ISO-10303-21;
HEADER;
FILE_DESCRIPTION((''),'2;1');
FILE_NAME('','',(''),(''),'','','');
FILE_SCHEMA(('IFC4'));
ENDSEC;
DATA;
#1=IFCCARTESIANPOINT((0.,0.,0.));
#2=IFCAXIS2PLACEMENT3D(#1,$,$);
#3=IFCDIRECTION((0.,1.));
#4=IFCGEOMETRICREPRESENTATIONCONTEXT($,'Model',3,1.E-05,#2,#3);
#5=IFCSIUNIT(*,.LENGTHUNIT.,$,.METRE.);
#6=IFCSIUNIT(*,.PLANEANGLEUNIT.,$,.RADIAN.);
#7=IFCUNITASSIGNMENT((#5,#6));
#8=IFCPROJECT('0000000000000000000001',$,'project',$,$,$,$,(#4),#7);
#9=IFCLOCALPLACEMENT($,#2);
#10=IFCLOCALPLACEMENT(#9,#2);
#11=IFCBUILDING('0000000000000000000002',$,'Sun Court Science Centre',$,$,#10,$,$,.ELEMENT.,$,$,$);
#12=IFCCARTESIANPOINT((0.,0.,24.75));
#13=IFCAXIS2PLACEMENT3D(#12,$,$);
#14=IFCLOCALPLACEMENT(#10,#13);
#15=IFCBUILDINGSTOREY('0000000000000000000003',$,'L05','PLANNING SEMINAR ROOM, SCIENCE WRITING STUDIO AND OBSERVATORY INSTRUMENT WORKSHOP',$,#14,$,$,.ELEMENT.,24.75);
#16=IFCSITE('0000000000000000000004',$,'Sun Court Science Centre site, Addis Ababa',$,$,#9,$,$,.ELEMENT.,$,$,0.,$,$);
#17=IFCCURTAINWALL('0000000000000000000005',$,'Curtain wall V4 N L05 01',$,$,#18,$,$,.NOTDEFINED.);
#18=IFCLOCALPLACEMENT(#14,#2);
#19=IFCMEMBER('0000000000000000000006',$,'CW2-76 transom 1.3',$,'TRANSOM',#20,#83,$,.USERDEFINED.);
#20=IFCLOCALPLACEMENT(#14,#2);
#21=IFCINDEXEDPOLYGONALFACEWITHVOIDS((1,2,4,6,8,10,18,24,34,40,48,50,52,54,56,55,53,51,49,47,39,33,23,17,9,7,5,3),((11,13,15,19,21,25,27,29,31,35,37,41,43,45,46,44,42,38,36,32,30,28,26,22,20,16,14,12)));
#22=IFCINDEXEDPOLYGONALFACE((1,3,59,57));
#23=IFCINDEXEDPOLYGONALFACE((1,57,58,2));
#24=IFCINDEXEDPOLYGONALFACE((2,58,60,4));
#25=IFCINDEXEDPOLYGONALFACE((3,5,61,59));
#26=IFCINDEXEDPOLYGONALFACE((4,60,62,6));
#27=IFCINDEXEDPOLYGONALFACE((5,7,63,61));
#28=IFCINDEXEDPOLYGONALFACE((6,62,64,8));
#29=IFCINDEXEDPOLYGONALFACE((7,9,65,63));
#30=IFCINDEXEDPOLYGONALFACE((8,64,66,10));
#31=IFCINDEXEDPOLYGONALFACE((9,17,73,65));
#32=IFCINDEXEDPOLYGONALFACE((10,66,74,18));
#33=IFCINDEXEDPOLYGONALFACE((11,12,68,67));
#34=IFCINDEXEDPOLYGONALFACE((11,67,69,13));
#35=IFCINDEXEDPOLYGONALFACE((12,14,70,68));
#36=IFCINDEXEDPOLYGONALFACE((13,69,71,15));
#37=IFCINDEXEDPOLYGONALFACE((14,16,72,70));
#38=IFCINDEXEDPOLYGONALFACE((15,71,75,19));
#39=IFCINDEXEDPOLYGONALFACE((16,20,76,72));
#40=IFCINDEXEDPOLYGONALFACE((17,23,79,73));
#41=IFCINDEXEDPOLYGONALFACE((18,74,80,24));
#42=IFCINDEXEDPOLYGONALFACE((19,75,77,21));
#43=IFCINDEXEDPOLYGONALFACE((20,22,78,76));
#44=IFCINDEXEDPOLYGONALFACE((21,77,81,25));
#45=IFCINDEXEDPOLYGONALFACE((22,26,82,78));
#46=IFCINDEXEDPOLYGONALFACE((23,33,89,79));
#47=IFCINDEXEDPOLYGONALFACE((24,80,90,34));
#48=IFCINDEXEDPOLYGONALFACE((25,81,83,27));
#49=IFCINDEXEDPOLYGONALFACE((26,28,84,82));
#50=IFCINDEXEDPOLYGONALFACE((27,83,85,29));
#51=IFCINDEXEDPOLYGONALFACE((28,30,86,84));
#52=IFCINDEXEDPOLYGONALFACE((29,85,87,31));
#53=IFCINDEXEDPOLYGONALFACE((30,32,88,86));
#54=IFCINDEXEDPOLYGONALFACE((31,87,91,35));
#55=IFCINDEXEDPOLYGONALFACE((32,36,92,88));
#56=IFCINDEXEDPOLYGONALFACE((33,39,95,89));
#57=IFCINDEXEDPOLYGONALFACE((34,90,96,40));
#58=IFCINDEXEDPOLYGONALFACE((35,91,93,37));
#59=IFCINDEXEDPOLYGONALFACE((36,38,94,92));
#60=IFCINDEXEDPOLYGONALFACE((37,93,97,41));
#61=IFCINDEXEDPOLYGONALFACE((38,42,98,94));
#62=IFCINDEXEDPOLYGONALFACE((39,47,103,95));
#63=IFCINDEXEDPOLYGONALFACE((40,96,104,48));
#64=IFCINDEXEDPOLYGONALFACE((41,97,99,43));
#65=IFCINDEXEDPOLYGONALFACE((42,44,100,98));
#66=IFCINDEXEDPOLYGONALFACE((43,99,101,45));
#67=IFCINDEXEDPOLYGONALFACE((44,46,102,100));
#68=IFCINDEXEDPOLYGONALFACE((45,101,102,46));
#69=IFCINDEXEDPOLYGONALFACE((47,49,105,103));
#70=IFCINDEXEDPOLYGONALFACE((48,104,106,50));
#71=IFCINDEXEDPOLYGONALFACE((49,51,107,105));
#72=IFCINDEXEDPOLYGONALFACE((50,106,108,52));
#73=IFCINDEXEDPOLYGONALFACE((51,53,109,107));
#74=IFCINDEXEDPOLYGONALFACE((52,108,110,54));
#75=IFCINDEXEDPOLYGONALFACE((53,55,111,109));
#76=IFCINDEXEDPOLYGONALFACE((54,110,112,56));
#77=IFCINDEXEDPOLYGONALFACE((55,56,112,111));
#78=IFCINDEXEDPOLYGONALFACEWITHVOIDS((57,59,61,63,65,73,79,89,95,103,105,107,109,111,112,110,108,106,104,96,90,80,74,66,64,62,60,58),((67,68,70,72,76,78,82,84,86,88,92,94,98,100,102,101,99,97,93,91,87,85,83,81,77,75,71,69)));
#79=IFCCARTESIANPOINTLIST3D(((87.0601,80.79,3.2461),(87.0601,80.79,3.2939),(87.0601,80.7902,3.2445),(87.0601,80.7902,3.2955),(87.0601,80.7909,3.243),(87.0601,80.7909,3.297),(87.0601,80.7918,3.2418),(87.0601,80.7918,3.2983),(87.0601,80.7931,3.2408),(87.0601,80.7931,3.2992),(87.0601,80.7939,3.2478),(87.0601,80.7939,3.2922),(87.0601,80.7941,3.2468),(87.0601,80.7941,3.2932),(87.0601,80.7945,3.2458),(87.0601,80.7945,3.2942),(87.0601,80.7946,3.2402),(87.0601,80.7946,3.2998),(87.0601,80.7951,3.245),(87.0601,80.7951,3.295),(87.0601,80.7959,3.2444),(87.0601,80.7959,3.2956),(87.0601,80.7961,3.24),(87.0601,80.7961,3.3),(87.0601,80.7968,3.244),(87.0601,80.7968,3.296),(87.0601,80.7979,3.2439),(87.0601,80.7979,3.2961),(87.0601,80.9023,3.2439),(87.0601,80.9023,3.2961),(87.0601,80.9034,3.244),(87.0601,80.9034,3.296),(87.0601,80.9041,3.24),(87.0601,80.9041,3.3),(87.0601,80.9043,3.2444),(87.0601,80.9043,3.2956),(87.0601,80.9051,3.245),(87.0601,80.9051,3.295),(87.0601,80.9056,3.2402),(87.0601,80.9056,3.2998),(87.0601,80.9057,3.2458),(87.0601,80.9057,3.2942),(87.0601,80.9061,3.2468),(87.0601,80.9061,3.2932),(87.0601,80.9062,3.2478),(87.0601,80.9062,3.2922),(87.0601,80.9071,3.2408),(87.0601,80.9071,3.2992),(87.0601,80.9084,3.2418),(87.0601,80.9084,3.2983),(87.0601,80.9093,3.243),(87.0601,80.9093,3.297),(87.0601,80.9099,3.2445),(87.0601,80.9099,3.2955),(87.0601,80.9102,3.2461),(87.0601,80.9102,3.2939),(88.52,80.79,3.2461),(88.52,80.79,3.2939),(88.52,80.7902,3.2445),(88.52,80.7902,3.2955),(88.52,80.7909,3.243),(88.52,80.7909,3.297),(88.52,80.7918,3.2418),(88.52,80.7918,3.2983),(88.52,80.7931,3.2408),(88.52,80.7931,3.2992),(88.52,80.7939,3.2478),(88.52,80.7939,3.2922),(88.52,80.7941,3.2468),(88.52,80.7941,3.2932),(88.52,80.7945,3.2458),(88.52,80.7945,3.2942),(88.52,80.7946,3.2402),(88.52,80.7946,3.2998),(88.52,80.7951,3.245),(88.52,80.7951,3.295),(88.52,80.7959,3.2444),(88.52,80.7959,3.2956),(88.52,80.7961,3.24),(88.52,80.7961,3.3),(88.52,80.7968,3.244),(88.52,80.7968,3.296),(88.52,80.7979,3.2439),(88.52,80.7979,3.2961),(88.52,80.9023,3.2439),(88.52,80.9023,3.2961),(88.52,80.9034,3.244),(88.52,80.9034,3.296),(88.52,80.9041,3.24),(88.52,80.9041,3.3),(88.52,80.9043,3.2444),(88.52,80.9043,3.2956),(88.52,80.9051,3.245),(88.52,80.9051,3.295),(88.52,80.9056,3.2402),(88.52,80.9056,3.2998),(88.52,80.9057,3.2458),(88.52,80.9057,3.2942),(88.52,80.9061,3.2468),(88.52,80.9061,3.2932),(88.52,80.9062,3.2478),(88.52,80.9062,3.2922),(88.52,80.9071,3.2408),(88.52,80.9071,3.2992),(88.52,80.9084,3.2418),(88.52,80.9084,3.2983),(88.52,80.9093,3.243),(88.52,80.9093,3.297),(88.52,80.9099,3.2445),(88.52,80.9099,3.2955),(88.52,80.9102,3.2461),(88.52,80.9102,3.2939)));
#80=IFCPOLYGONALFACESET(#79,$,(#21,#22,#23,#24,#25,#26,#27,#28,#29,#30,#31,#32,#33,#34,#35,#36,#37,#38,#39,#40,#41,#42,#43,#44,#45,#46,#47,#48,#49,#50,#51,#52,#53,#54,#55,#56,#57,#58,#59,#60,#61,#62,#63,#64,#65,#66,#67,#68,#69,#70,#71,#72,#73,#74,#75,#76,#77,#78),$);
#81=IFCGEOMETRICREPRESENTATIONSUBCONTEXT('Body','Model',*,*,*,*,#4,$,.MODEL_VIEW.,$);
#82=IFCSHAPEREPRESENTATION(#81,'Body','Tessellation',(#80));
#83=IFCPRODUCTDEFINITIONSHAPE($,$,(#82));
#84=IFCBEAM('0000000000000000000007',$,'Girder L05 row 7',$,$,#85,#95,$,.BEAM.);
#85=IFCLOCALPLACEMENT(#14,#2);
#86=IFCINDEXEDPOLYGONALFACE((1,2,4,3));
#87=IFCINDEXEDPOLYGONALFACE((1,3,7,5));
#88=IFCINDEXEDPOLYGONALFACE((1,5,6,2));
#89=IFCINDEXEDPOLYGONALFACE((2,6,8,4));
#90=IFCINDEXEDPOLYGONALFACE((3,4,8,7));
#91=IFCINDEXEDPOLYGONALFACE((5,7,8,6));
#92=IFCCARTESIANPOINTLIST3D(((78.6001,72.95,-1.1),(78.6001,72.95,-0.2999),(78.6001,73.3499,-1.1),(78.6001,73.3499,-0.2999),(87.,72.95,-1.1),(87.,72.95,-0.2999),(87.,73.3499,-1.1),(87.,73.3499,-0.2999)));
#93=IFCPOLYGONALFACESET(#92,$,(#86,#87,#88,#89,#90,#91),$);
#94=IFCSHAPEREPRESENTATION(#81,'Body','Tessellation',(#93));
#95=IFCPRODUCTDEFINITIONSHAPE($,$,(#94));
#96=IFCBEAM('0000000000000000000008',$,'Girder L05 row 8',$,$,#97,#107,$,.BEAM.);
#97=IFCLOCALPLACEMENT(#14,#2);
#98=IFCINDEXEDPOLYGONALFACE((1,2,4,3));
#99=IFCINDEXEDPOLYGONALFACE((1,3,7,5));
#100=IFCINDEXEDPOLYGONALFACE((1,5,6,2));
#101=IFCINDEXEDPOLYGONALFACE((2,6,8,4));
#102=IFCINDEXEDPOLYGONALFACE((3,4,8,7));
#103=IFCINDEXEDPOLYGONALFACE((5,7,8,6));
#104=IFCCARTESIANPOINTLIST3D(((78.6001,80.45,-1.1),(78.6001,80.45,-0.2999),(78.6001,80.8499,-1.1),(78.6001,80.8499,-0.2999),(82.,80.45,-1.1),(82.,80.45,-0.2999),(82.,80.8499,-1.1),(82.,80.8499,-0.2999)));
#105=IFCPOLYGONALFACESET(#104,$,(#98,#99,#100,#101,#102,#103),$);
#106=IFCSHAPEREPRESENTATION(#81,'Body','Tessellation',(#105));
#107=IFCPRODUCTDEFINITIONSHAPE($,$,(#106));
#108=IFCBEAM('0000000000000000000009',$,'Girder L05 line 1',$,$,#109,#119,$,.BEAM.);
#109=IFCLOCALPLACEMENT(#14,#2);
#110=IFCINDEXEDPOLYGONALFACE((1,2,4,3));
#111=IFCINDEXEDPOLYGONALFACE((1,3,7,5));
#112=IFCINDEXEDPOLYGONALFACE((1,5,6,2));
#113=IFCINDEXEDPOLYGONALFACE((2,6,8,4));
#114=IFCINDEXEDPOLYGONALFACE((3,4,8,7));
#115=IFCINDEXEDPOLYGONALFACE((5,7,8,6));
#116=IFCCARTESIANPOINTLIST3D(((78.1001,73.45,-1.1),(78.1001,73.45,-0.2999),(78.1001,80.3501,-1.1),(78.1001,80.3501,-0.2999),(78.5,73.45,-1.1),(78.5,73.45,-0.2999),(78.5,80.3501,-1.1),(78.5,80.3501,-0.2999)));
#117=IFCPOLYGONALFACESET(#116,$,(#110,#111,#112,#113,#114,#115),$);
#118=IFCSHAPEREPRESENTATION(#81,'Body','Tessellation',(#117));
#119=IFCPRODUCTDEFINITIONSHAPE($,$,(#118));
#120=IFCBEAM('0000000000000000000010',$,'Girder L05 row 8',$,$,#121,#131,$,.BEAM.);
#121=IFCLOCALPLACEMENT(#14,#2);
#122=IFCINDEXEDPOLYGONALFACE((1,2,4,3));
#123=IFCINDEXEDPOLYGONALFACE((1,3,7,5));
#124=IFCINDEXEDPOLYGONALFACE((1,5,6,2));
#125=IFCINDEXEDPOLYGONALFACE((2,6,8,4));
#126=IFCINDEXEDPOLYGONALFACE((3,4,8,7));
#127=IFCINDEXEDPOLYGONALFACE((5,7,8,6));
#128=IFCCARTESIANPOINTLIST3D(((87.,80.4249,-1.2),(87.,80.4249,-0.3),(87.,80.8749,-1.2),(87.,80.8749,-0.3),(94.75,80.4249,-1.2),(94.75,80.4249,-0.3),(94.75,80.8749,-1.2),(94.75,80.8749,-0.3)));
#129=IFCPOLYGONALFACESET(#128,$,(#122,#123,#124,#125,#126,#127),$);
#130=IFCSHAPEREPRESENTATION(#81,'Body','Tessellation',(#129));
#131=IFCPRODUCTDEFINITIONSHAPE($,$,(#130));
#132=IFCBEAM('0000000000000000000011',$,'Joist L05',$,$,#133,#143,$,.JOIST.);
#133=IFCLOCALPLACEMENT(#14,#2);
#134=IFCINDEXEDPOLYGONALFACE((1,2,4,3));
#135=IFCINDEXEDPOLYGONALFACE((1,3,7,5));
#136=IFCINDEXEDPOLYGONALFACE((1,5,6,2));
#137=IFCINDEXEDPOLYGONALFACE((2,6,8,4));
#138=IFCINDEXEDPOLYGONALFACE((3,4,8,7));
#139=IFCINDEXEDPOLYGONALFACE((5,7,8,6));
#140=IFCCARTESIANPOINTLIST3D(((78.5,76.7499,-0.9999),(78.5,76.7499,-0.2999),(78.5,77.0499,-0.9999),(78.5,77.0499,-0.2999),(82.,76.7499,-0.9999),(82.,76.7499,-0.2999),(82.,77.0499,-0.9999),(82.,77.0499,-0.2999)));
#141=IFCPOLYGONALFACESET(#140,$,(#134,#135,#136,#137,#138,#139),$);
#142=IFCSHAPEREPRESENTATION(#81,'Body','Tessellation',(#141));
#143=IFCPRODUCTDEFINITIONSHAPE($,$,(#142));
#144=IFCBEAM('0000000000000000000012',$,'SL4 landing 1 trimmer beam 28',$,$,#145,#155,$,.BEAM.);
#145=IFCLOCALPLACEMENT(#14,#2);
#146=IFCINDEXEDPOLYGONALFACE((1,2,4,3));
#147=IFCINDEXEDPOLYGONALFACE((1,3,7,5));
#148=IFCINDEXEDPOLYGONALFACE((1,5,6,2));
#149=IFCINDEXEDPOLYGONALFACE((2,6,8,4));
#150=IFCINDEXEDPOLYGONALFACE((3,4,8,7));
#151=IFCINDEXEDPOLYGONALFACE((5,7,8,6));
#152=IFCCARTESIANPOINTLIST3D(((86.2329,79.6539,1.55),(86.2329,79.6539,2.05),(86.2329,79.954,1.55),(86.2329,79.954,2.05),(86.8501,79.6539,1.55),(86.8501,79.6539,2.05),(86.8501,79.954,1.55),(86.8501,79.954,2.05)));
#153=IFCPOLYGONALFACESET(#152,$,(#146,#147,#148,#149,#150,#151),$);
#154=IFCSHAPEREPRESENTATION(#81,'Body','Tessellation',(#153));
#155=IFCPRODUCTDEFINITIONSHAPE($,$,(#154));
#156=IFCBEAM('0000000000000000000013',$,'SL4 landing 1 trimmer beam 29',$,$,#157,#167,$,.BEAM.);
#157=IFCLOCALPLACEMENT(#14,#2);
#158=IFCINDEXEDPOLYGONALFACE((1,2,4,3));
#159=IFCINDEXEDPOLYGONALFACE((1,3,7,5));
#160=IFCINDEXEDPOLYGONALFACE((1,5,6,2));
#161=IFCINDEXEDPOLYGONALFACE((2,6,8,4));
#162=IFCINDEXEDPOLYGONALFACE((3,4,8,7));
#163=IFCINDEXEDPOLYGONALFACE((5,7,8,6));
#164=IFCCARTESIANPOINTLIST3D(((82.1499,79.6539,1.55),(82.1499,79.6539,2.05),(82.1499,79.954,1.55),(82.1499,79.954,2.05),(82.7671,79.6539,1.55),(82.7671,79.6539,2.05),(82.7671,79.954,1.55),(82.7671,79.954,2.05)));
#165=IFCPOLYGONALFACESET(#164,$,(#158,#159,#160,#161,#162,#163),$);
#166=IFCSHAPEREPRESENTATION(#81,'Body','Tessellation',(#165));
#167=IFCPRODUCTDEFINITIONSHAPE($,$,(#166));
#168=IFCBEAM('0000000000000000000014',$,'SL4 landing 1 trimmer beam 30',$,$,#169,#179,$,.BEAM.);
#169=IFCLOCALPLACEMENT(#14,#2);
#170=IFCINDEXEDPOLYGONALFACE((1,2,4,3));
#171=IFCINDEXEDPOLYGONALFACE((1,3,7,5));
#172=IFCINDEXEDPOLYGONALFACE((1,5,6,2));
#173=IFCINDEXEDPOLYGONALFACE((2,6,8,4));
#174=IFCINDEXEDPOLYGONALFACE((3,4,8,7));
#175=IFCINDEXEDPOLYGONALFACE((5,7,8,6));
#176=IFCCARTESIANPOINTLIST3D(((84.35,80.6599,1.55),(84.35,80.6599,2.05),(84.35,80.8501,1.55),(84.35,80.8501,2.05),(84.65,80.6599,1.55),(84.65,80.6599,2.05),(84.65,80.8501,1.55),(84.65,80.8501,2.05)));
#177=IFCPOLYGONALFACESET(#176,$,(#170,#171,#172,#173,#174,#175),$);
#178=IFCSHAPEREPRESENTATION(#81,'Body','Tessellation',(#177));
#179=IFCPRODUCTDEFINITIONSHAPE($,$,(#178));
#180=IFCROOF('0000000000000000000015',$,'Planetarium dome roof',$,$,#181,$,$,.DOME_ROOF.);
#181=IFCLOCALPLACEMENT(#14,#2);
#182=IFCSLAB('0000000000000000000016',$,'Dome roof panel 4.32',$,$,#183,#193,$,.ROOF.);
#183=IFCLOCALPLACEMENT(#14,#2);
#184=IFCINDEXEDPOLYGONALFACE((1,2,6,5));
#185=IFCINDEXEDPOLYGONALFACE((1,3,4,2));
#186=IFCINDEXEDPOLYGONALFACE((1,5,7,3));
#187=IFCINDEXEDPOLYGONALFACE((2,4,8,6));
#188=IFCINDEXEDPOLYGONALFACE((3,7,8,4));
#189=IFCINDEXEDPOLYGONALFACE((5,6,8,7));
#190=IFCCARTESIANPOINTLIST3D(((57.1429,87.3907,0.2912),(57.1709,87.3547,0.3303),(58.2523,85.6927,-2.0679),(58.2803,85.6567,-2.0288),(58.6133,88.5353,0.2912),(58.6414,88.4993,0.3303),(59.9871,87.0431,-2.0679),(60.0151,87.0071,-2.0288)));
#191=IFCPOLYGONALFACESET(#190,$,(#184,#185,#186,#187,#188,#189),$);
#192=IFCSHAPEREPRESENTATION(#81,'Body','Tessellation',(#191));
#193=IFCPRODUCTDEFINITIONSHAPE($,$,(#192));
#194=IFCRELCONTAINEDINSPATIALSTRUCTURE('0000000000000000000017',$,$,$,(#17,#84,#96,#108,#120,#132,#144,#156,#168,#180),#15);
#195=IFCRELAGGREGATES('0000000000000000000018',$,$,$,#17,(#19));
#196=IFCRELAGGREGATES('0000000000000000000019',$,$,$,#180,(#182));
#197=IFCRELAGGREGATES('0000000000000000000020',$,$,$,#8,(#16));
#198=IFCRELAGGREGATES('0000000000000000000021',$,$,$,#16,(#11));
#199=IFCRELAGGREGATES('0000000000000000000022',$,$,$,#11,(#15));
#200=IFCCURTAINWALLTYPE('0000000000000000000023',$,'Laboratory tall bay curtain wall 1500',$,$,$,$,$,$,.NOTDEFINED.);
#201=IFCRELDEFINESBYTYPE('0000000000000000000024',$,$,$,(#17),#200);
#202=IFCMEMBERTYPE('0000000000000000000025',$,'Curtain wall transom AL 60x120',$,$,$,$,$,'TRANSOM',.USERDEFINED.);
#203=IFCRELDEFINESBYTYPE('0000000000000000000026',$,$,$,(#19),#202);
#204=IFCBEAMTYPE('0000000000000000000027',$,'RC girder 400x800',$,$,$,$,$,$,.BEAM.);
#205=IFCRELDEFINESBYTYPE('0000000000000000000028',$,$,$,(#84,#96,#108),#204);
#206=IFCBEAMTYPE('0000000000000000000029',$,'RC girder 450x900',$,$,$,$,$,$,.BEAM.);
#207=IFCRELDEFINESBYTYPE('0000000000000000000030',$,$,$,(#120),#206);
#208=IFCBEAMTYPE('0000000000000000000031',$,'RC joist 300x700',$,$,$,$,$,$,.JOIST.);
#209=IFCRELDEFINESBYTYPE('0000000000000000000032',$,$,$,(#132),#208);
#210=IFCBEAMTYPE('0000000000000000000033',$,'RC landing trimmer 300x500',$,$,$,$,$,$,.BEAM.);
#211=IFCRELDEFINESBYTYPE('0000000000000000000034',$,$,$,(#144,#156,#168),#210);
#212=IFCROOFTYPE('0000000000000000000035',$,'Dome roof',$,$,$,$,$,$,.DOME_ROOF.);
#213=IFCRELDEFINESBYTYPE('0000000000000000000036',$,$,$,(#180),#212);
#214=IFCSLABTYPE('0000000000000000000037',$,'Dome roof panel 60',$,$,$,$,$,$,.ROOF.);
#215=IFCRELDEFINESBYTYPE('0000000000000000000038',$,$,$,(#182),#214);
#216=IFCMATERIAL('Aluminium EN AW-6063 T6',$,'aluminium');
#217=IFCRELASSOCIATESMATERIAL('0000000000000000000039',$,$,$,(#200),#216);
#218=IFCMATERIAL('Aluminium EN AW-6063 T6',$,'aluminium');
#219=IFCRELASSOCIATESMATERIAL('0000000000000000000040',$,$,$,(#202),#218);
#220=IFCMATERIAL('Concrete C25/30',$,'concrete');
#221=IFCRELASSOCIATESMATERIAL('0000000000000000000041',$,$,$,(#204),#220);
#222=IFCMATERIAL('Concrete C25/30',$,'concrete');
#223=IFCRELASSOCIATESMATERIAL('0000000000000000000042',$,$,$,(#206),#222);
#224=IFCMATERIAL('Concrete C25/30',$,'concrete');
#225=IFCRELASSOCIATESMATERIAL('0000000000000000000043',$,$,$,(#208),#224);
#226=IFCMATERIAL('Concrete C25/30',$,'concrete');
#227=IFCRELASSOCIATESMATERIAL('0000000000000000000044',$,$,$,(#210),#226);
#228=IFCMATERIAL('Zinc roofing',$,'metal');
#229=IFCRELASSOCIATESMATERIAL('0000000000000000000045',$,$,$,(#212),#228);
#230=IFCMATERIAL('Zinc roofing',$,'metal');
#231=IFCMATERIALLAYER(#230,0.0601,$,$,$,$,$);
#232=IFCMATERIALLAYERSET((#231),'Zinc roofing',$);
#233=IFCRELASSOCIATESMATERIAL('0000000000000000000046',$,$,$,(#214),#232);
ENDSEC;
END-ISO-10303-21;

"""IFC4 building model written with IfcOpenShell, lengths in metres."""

from ifc_helpers import new_model, si_unit, direction, frame, origin, origin_2d, place, context, subcontext, project, spatial, polyline, rectangle, hollow_rectangle, outline, extrude, material, layer, layer_set, material_profile, profile_set, type_object, element, aggregate, save


model = new_model("IFC4")

# Units and contexts
model_context = context("Model", 3, precision=1e-05, world=origin(), true_north=direction((0.0, 1.0)))
body_context = subcontext(model_context, "Body", "Model", "MODEL_VIEW")
ifc_project = project(units=[si_unit("LENGTHUNIT", "METRE"), si_unit("PLANEANGLEUNIT", "RADIAN")], contexts=[model_context])

# Site, building, storey
site_placement = place(None, origin())
site = spatial("IfcSite", under=ifc_project, at=site_placement, Name="Sun Court Science Centre site, Addis Ababa", CompositionType="ELEMENT", RefElevation=0.0)
building_placement = place(site_placement, origin())
building = spatial("IfcBuilding", under=site, at=building_placement, Name="Sun Court Science Centre", CompositionType="ELEMENT")
storey_placement = place(building_placement, frame((0.0, 0.0, 24.75)))
storey = spatial("IfcBuildingStorey", under=building, at=storey_placement, Name="L05", Description="PLANNING SEMINAR ROOM, SCIENCE WRITING STUDIO AND OBSERVATORY INSTRUMENT WORKSHOP", CompositionType="ELEMENT", Elevation=24.75)

# Shared definitions
ifc_material_1 = material(Name="Aluminium EN AW-6063 T6", Category="aluminium")
curtain_wall_type = type_object("IfcCurtainWallType", Name="Laboratory tall bay curtain wall 1500", PredefinedType="NOTDEFINED", material=ifc_material_1)

# Curtain wall, member
curtain_wall_1_placement = place(storey_placement, origin())
curtain_wall_1 = element("IfcCurtainWall", 1, at=curtain_wall_1_placement, inside=storey, type_object=curtain_wall_type, Name="Curtain wall V4 N L05 01", PredefinedType="NOTDEFINED")
ifc_material_2 = material(Name="Aluminium EN AW-6063 T6", Category="aluminium")
ifc_material_profile_1 = material_profile(ifc_material_2, hollow_rectangle(XDim=0.0601, YDim=0.1201, WallThickness=0.0039, InnerFilletRadius=0.0039, OuterFilletRadius=0.0061, at=origin_2d()), Name="AL 60x120x4")
ifc_profile_set_1 = profile_set([ifc_material_profile_1], Name="Aluminium EN AW-6063 T6")
member_type_1 = type_object("IfcMemberType", Name="Curtain wall transom AL 60x120", ElementType="TRANSOM", PredefinedType="USERDEFINED", material=ifc_profile_set_1)
member_1_placement = place(storey_placement, frame((87.0601, 80.8501, 3.27), z_axis=(1.0, 0.0, 0.0), x_axis=(0.0, 0.0, 1.0)))
member_1 = element("IfcMember", 2, at=member_1_placement, type_object=member_type_1, Name="CW2-76 transom 1.3", ObjectType="TRANSOM", PredefinedType="USERDEFINED", context=body_context, shape_type="SweptSolid", body=[
    extrude(hollow_rectangle(XDim=0.0601, YDim=0.1201, WallThickness=0.0039, InnerFilletRadius=0.0039, OuterFilletRadius=0.0061, at=origin_2d()), origin(), (0.0, 0.0, 1.0), 1.46),
])
aggregate(curtain_wall_1, [member_1])

# Beams
ifc_material_3 = material(Name="Concrete C25/30", Category="concrete")
ifc_material_profile_2 = material_profile(ifc_material_3, rectangle(XDim=0.3999, YDim=0.8, at=origin_2d()), Name="RC 400x800")
ifc_profile_set_2 = profile_set([ifc_material_profile_2], Name="Concrete C25/30")
beam_type_1 = type_object("IfcBeamType", Name="RC girder 400x800", PredefinedType="BEAM", material=ifc_profile_set_2)
beam_1_placement = place(storey_placement, frame((78.6001, 73.1499, -0.7), z_axis=(1.0, 0.0, 0.0), x_axis=(0.0, 1.0, 0.0)))
element("IfcBeam", 3, at=beam_1_placement, inside=storey, type_object=beam_type_1, Name="Girder L05 row 7", PredefinedType="BEAM", context=body_context, shape_type="SweptSolid", body=[
    extrude(rectangle(XDim=0.3999, YDim=0.8, at=origin_2d()), origin(), (0.0, 0.0, 1.0), 8.3999),
])
beam_2_placement = place(storey_placement, frame((78.6001, 80.6499, -0.7), z_axis=(1.0, 0.0, 0.0), x_axis=(0.0, 1.0, 0.0)))
element("IfcBeam", 4, at=beam_2_placement, inside=storey, type_object=beam_type_1, Name="Girder L05 row 8", PredefinedType="BEAM", context=body_context, shape_type="SweptSolid", body=[
    extrude(rectangle(XDim=0.3999, YDim=0.8, at=origin_2d()), origin(), (0.0, 0.0, 1.0), 3.3999),
])
beam_3_placement = place(storey_placement, frame((78.3, 73.45, -0.7), z_axis=(0.0, 1.0, 0.0), x_axis=(-1.0, 0.0, 0.0)))
element("IfcBeam", 5, at=beam_3_placement, inside=storey, type_object=beam_type_1, Name="Girder L05 line 1", PredefinedType="BEAM", context=body_context, shape_type="SweptSolid", body=[
    extrude(rectangle(XDim=0.3999, YDim=0.8, at=origin_2d()), origin(), (0.0, 0.0, 1.0), 6.9001),
])
ifc_material_4 = material(Name="Concrete C25/30", Category="concrete")
ifc_material_profile_3 = material_profile(ifc_material_4, rectangle(XDim=0.45, YDim=0.8999, at=origin_2d()), Name="RC 450x900")
ifc_profile_set_3 = profile_set([ifc_material_profile_3], Name="Concrete C25/30")
beam_type_2 = type_object("IfcBeamType", Name="RC girder 450x900", PredefinedType="BEAM", material=ifc_profile_set_3)
beam_4_placement = place(storey_placement, frame((87.0, 80.6499, -0.75), z_axis=(1.0, 0.0, 0.0), x_axis=(0.0, 1.0, 0.0)))
element("IfcBeam", 6, at=beam_4_placement, inside=storey, type_object=beam_type_2, Name="Girder L05 row 8", PredefinedType="BEAM", context=body_context, shape_type="SweptSolid", body=[
    extrude(rectangle(XDim=0.45, YDim=0.8999, at=origin_2d()), origin(), (0.0, 0.0, 1.0), 7.75),
])
ifc_material_5 = material(Name="Concrete C25/30", Category="concrete")
ifc_material_profile_4 = material_profile(ifc_material_5, rectangle(XDim=0.3, YDim=0.7, at=origin_2d()), Name="RC 300x700")
ifc_profile_set_4 = profile_set([ifc_material_profile_4], Name="Concrete C25/30")
beam_type_3 = type_object("IfcBeamType", Name="RC joist 300x700", PredefinedType="JOIST", material=ifc_profile_set_4)
beam_5_placement = place(storey_placement, frame((78.5, 76.8999, -0.6499), z_axis=(1.0, 0.0, 0.0), x_axis=(0.0, 1.0, 0.0)))
element("IfcBeam", 7, at=beam_5_placement, inside=storey, type_object=beam_type_3, Name="Joist L05", PredefinedType="JOIST", context=body_context, shape_type="SweptSolid", body=[
    extrude(rectangle(XDim=0.3, YDim=0.7, at=origin_2d()), origin(), (0.0, 0.0, 1.0), 3.5),
])
ifc_material_6 = material(Name="Concrete C25/30", Category="concrete")
ifc_material_profile_5 = material_profile(ifc_material_6, rectangle(XDim=0.3, YDim=0.5, at=origin_2d()), Name="RC 300x500")
ifc_profile_set_5 = profile_set([ifc_material_profile_5], Name="Concrete C25/30")
beam_type_4 = type_object("IfcBeamType", Name="RC landing trimmer 300x500", PredefinedType="BEAM", material=ifc_profile_set_5)
for number, where, z_axis, x_axis, name in (
    (8, (86.8501, 79.804, 1.8), (-1.0, 0.0, 0.0), (0.0, -1.0, 0.0), "SL4 landing 1 trimmer beam 28"),
    (9, (82.1499, 79.804, 1.8), (1.0, 0.0, 0.0), (0.0, 1.0, 0.0), "SL4 landing 1 trimmer beam 29"),
):
    element("IfcBeam", number, at=place(storey_placement, frame(where, z_axis=z_axis, x_axis=x_axis)), inside=storey, type_object=beam_type_4, Name=name, PredefinedType="BEAM", context=body_context, shape_type="SweptSolid", body=[
        extrude(rectangle(XDim=0.3, YDim=0.5, at=origin_2d()), origin(), (0.0, 0.0, 1.0), 0.6172),
    ])
beam_6_placement = place(storey_placement, frame((84.5, 80.8501, 1.8), z_axis=(0.0, -1.0, 0.0), x_axis=(1.0, 0.0, 0.0)))
element("IfcBeam", 10, at=beam_6_placement, inside=storey, type_object=beam_type_4, Name="SL4 landing 1 trimmer beam 30", PredefinedType="BEAM", context=body_context, shape_type="SweptSolid", body=[
    extrude(rectangle(XDim=0.3, YDim=0.5, at=origin_2d()), origin(), (0.0, 0.0, 1.0), 0.1902),
])

# Roof, slab
ifc_material_7 = material(Name="Zinc roofing", Category="metal")
roof_type = type_object("IfcRoofType", Name="Dome roof", PredefinedType="DOME_ROOF", material=ifc_material_7)
roof_placement = place(storey_placement, origin())
roof = element("IfcRoof", 11, at=roof_placement, inside=storey, type_object=roof_type, Name="Planetarium dome roof", PredefinedType="DOME_ROOF")
ifc_material_8 = material(Name="Zinc roofing", Category="metal")
ifc_layer_1 = layer(ifc_material_8, 0.0601)
ifc_layer_set_1 = layer_set([ifc_layer_1], Name="Zinc roofing")
slab_type = type_object("IfcSlabType", Name="Dome roof panel 60", PredefinedType="ROOF", material=ifc_layer_set_1)
slab_1_placement = place(storey_placement, frame((57.1709, 87.3547, 0.3303), z_axis=(0.466428, -0.59925, 0.650649), x_axis=(0.789133, 0.614223, -0.000001)))
slab_1 = element("IfcSlab", 12, at=slab_1_placement, type_object=slab_type, Name="Dome roof panel 4.32", PredefinedType="ROOF", context=body_context, shape_type="SweptSolid", body=[
    extrude(outline(polyline([(0.0, 0.0), (1.8634, 0.0), (2.0309, -3.1067), (-0.1675, -3.1067), (0.0, 0.0)])), origin(), (0.0, 0.0, -1.0), 0.0601),
])
aggregate(roof, [slab_1])

save(model, "model.ifc")
